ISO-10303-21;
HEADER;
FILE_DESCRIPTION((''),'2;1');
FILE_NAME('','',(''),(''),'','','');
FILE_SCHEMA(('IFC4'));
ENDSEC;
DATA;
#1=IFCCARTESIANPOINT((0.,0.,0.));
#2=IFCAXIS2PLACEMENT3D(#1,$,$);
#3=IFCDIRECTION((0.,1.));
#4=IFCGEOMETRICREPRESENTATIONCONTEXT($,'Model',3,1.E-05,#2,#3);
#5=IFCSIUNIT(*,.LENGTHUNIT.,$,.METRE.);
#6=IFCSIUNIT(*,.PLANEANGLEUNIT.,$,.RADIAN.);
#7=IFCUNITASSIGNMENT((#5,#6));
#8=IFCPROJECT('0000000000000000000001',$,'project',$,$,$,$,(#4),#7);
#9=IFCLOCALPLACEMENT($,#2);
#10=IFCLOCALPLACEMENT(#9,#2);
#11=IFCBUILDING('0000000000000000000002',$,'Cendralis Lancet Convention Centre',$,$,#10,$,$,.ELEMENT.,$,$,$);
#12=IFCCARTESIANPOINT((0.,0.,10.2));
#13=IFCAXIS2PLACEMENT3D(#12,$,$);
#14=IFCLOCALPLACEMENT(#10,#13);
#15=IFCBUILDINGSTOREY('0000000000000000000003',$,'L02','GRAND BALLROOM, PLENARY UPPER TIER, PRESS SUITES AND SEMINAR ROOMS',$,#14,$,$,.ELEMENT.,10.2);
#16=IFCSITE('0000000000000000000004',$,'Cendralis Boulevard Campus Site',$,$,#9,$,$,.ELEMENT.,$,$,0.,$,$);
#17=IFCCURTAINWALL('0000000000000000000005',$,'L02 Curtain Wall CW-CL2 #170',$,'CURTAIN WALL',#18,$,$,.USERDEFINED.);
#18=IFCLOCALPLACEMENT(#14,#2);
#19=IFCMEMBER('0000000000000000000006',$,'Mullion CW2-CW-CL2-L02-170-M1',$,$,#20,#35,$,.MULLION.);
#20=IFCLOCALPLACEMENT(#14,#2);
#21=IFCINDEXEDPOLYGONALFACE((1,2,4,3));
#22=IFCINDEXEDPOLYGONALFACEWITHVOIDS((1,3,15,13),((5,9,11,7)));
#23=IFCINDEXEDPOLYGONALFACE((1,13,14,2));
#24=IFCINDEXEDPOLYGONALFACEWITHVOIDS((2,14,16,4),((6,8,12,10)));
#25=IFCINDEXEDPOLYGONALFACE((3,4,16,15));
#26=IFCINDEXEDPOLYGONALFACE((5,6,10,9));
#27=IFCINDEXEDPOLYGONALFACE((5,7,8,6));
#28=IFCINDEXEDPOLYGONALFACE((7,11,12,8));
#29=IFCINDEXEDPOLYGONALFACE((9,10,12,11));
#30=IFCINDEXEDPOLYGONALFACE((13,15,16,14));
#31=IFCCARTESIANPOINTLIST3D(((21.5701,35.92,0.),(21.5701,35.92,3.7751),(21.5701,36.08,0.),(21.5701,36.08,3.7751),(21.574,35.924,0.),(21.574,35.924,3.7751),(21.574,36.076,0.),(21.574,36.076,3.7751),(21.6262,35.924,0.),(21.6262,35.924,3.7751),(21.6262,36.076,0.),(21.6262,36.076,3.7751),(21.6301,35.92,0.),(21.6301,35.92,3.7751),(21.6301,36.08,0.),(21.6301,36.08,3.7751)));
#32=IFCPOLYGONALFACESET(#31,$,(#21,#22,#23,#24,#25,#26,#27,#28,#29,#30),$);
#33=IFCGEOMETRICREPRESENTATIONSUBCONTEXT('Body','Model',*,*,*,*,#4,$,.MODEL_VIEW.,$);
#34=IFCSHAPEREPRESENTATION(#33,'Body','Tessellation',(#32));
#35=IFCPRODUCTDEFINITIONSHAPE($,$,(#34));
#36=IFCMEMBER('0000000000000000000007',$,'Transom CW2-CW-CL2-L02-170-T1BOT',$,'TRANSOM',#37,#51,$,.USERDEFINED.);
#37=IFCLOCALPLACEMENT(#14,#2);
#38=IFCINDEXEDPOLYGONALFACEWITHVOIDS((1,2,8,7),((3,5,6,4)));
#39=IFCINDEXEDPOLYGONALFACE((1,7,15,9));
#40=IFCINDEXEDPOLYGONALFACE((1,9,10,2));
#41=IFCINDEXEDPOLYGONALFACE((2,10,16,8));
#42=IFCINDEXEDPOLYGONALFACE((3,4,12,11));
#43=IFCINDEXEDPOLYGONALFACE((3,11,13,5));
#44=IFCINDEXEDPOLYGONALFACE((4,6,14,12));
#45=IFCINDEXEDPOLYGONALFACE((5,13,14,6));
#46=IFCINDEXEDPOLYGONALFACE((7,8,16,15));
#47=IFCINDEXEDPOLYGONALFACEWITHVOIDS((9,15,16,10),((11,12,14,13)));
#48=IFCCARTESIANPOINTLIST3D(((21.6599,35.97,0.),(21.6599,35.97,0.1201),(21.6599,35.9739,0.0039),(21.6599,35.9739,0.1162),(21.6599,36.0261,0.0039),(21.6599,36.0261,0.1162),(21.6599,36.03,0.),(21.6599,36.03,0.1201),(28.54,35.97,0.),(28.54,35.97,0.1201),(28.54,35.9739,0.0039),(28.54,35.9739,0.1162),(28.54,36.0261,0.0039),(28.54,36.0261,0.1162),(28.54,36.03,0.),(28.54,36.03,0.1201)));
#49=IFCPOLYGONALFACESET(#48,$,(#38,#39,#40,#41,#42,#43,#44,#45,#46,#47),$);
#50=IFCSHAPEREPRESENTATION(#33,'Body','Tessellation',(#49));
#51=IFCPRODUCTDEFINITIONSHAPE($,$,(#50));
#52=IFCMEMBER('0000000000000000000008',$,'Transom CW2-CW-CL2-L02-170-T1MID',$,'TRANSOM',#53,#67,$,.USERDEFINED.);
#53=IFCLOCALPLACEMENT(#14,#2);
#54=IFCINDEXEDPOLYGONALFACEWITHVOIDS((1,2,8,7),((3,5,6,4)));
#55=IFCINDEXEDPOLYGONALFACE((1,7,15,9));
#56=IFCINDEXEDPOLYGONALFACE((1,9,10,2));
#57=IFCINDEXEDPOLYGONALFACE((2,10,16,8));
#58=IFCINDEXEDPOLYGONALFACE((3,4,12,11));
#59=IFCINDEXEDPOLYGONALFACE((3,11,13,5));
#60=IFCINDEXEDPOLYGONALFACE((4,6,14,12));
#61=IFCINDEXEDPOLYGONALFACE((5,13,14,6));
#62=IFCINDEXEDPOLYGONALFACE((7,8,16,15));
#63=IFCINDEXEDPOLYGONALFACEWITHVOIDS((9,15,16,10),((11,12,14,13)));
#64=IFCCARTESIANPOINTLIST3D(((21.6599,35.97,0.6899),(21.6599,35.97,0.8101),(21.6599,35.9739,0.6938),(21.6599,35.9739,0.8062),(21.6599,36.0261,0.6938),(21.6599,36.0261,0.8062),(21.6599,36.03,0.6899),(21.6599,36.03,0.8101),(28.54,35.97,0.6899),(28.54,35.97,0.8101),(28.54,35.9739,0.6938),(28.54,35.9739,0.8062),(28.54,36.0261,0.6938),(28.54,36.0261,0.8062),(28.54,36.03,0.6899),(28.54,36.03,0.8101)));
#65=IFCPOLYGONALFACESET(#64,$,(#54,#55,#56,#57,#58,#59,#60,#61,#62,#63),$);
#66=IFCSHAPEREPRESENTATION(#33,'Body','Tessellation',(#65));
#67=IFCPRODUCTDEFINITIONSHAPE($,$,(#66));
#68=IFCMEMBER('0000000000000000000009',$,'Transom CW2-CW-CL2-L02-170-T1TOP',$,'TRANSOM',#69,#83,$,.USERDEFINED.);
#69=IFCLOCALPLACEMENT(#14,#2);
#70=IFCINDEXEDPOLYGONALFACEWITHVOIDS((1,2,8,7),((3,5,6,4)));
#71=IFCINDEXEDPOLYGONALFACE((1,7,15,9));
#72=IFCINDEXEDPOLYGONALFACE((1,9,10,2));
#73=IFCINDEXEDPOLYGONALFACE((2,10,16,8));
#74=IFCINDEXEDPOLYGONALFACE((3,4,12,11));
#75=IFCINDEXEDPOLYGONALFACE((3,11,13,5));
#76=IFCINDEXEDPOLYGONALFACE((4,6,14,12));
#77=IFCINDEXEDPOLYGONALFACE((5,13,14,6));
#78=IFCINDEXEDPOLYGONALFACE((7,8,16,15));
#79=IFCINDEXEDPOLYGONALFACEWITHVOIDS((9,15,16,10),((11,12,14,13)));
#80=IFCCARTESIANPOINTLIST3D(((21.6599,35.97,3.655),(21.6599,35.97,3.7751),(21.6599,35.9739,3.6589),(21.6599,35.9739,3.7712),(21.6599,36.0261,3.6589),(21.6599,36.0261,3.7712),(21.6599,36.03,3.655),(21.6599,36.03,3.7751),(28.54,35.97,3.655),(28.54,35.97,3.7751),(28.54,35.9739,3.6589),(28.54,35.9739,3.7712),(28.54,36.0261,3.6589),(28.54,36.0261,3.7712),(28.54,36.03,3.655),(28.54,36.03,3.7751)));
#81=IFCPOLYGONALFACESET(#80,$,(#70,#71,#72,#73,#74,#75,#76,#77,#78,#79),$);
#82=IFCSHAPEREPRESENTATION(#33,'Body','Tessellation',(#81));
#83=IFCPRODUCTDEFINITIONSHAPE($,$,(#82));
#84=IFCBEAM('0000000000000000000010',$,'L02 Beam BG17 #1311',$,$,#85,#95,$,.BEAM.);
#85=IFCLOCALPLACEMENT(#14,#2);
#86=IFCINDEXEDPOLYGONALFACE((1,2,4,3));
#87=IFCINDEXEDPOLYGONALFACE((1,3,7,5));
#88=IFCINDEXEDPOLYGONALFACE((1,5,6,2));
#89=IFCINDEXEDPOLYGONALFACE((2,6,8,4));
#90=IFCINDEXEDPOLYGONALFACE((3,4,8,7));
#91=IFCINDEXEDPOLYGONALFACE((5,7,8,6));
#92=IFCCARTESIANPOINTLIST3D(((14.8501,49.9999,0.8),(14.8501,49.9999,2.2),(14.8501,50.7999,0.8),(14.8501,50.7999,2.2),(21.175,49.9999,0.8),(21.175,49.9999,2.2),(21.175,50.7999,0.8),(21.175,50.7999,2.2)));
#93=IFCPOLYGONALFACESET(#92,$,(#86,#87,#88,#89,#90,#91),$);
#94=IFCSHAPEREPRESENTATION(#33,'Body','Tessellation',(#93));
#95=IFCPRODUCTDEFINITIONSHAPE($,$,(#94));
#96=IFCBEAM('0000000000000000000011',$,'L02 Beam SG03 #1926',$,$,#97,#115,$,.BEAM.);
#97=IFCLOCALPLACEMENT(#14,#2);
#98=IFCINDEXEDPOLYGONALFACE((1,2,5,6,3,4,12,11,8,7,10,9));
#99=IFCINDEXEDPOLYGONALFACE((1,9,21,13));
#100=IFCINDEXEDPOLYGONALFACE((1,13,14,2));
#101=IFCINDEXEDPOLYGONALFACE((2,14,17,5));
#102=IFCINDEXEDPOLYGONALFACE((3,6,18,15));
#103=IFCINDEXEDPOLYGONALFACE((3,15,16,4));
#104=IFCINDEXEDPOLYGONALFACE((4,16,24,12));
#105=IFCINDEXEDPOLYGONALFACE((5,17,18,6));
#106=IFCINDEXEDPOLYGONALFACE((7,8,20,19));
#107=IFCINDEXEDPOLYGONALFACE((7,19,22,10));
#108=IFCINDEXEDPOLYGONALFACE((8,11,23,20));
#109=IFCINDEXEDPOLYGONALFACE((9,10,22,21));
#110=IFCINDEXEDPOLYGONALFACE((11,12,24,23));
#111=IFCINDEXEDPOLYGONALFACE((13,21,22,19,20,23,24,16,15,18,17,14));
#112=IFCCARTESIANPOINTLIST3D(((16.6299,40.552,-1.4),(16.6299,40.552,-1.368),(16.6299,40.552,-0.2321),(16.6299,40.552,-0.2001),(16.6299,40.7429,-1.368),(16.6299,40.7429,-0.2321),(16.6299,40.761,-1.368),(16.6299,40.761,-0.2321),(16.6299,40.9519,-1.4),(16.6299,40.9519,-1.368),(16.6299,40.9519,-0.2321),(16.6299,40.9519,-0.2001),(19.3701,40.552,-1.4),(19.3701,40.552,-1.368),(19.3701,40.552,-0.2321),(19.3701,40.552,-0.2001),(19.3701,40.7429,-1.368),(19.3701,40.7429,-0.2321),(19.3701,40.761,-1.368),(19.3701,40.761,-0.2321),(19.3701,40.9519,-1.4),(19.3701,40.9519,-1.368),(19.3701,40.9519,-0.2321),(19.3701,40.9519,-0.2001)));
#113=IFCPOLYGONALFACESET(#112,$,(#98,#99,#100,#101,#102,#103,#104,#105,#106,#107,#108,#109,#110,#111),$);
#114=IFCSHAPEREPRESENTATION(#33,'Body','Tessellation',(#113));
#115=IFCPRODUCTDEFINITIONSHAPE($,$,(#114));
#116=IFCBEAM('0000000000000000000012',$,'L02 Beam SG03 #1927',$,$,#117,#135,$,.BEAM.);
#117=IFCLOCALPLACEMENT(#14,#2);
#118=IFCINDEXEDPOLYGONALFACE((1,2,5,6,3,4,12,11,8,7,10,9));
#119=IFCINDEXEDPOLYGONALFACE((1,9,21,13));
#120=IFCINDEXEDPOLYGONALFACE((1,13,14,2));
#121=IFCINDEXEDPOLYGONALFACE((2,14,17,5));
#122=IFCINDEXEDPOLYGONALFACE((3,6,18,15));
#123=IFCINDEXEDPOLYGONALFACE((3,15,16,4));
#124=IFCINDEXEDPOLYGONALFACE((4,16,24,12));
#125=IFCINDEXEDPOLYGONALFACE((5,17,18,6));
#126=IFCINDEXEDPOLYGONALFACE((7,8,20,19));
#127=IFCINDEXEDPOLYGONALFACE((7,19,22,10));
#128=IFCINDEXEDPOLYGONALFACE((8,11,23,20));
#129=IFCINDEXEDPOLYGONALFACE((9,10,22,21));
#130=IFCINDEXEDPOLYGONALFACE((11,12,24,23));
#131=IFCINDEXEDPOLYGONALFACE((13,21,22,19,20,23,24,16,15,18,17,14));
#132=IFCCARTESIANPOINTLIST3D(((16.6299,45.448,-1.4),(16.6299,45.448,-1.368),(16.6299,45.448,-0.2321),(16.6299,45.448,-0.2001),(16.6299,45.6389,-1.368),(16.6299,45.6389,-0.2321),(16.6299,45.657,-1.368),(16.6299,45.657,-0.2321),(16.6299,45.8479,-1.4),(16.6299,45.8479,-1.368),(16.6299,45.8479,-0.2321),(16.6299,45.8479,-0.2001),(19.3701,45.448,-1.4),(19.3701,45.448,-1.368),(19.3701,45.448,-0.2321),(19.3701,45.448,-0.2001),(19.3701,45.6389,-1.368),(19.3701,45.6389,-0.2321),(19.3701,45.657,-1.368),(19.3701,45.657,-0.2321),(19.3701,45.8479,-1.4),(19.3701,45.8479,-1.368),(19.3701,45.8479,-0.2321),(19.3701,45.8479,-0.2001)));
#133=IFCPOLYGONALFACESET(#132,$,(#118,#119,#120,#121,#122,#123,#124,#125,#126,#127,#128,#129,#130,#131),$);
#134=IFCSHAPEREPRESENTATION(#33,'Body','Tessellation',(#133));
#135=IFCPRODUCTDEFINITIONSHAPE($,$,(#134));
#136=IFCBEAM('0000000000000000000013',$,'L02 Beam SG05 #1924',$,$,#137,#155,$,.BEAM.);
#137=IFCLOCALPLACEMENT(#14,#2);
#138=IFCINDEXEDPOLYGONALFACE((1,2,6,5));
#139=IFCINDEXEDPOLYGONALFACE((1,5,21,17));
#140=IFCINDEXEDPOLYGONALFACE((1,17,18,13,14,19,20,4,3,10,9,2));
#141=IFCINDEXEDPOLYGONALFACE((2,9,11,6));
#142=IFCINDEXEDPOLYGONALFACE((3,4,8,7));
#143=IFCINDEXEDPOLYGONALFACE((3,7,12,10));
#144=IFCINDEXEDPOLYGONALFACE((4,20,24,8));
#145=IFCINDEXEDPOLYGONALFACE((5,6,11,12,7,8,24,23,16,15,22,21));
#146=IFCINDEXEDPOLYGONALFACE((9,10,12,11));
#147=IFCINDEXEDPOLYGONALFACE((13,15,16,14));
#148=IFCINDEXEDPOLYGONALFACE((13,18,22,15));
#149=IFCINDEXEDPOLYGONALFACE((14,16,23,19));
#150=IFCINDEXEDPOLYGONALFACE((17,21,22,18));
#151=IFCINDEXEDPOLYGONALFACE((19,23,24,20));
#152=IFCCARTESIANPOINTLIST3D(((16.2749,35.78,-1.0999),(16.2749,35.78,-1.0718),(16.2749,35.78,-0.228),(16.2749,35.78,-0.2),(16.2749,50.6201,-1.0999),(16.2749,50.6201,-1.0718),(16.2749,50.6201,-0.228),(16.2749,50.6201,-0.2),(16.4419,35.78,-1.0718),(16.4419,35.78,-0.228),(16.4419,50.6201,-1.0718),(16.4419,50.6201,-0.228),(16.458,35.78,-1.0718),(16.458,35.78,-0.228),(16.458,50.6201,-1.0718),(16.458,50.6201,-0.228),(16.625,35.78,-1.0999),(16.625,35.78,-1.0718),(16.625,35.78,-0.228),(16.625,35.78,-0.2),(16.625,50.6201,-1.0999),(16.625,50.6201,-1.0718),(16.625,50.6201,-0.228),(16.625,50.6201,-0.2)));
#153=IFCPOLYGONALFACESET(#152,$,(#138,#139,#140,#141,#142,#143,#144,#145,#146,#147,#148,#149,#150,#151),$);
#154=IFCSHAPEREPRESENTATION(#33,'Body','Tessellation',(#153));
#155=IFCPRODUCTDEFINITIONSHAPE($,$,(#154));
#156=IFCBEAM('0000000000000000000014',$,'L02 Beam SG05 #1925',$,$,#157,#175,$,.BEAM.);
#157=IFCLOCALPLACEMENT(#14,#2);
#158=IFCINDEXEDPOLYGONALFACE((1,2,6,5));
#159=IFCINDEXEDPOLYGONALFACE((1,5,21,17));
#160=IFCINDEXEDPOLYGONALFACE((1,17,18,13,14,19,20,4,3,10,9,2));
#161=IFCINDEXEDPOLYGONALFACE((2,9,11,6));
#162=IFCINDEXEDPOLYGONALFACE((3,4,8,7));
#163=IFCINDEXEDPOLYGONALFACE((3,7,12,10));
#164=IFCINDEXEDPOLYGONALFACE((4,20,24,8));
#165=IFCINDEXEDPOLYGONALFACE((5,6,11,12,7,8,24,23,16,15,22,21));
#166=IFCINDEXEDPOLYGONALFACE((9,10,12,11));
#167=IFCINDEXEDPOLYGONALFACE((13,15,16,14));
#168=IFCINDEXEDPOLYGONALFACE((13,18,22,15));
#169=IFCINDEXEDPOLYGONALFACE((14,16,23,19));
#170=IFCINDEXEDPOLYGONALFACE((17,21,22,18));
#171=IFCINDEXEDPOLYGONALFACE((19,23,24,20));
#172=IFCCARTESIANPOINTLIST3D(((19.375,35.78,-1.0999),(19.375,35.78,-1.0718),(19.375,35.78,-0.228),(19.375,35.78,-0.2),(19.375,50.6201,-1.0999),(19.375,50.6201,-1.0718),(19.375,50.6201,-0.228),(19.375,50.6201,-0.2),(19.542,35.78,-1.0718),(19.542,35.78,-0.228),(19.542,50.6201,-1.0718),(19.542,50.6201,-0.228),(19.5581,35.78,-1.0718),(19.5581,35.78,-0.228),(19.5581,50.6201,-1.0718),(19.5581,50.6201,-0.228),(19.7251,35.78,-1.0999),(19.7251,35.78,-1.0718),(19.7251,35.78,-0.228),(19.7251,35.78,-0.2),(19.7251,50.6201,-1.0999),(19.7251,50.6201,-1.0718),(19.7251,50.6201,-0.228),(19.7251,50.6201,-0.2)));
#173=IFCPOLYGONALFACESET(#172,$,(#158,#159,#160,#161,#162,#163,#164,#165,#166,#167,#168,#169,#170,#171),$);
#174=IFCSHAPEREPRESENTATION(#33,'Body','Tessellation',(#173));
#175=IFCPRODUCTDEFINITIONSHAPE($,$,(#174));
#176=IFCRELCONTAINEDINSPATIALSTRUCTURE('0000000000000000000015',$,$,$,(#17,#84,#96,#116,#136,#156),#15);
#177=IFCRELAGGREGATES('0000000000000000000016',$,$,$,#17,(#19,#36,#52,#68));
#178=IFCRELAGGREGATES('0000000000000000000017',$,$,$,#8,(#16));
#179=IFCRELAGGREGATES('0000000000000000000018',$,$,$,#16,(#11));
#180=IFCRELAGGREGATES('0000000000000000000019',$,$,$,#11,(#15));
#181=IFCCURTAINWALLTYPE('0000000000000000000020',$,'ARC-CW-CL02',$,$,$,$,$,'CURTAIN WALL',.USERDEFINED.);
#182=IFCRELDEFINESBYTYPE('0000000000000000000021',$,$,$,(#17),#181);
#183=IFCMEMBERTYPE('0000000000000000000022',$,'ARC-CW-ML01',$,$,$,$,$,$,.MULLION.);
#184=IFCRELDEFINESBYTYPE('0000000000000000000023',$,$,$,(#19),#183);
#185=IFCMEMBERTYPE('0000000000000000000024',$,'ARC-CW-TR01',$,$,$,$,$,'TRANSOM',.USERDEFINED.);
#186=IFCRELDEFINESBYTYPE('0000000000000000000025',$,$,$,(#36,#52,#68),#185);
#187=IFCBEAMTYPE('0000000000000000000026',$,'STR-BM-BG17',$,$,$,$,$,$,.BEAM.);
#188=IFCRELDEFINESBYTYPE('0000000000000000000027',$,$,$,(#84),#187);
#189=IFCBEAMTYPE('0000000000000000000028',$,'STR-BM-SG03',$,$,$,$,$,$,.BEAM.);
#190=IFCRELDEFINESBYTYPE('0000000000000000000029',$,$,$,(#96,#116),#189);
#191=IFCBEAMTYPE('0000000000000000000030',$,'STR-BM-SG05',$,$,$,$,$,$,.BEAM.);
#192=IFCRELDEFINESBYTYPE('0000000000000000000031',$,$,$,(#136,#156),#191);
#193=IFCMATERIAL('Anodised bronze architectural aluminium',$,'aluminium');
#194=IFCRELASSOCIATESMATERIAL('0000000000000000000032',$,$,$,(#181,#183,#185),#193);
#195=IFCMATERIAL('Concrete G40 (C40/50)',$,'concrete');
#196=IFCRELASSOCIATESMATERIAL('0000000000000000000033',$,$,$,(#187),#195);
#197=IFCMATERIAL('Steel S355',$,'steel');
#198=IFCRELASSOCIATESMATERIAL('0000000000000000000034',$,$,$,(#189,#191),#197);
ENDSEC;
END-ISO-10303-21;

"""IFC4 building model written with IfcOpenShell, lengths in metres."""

from ifc_helpers import new_model, si_unit, direction, frame, origin, origin_2d, place, context, subcontext, project, spatial, rectangle, hollow_rectangle, i_section, extrude, material, material_profile, profile_set, type_object, element, aggregate, save


model = new_model("IFC4")

# Units and contexts
model_context = context("Model", 3, precision=1e-05, world=origin(), true_north=direction((0.0, 1.0)))
body_context = subcontext(model_context, "Body", "Model", "MODEL_VIEW")
ifc_project = project(units=[si_unit("LENGTHUNIT", "METRE"), si_unit("PLANEANGLEUNIT", "RADIAN")], contexts=[model_context])

# Site, building, storey
site_placement = place(None, origin())
site = spatial("IfcSite", under=ifc_project, at=site_placement, Name="Cendralis Boulevard Campus Site", CompositionType="ELEMENT", RefElevation=0.0)
building_placement = place(site_placement, origin())
building = spatial("IfcBuilding", under=site, at=building_placement, Name="Cendralis Lancet Convention Centre", CompositionType="ELEMENT")
storey_placement = place(building_placement, frame((0.0, 0.0, 10.2)))
storey = spatial("IfcBuildingStorey", under=building, at=storey_placement, Name="L02", Description="GRAND BALLROOM, PLENARY UPPER TIER, PRESS SUITES AND SEMINAR ROOMS", CompositionType="ELEMENT", Elevation=10.2)

# Curtain wall, members
ifc_material_1 = material(Name="Anodised bronze architectural aluminium", Category="aluminium")
curtain_wall_type = type_object("IfcCurtainWallType", Name="ARC-CW-CL02", ElementType="CURTAIN WALL", PredefinedType="USERDEFINED", material=ifc_material_1)
curtain_wall_placement = place(storey_placement, origin())
curtain_wall = element("IfcCurtainWall", 1, at=curtain_wall_placement, inside=storey, type_object=curtain_wall_type, Name="L02 Curtain Wall CW-CL2 #170", ObjectType="CURTAIN WALL", PredefinedType="USERDEFINED")
ifc_material_profile_1 = material_profile(ifc_material_1, hollow_rectangle(XDim=0.0601, YDim=0.1599, WallThickness=0.0039, at=origin_2d()), Name="AL-MULL 60x160x4.0")
ifc_profile_set_1 = profile_set([ifc_material_profile_1], Name="Anodised bronze architectural aluminium")
member_type_1 = type_object("IfcMemberType", Name="ARC-CW-ML01", PredefinedType="MULLION", material=ifc_profile_set_1)
member_1_placement = place(storey_placement, frame((21.6001, 36.0, 0.0), z_axis=(0.0, 0.0, 1.0), x_axis=(1.0, 0.0, 0.0)))
member_1 = element("IfcMember", 2, at=member_1_placement, type_object=member_type_1, Name="Mullion CW2-CW-CL2-L02-170-M1", PredefinedType="MULLION", context=body_context, shape_type="SweptSolid", body=[
    extrude(hollow_rectangle(XDim=0.0601, YDim=0.1599, WallThickness=0.0039, at=origin_2d()), origin(), (0.0, 0.0, 1.0), 3.7751),
])
ifc_material_profile_2 = material_profile(ifc_material_1, hollow_rectangle(XDim=0.0601, YDim=0.1201, WallThickness=0.0039, at=origin_2d()), Name="AL-TRAN 60x120x4.0")
ifc_profile_set_2 = profile_set([ifc_material_profile_2], Name="Anodised bronze architectural aluminium")
member_type_2 = type_object("IfcMemberType", Name="ARC-CW-TR01", ElementType="TRANSOM", PredefinedType="USERDEFINED", material=ifc_profile_set_2)
member_2_placement = place(storey_placement, frame((21.6599, 36.0, 0.0601), z_axis=(1.0, 0.0, 0.0), x_axis=(0.0, 1.0, 0.0)))
member_2 = element("IfcMember", 3, at=member_2_placement, type_object=member_type_2, Name="Transom CW2-CW-CL2-L02-170-T1BOT", ObjectType="TRANSOM", PredefinedType="USERDEFINED", context=body_context, shape_type="SweptSolid", body=[
    extrude(hollow_rectangle(XDim=0.0601, YDim=0.1201, WallThickness=0.0039, at=origin_2d()), origin(), (0.0, 0.0, 1.0), 6.8801),
])
member_3_placement = place(storey_placement, frame((21.6599, 36.0, 0.75), z_axis=(1.0, 0.0, 0.0), x_axis=(0.0, 1.0, 0.0)))
member_3 = element("IfcMember", 4, at=member_3_placement, type_object=member_type_2, Name="Transom CW2-CW-CL2-L02-170-T1MID", ObjectType="TRANSOM", PredefinedType="USERDEFINED", context=body_context, shape_type="SweptSolid", body=[
    extrude(hollow_rectangle(XDim=0.0601, YDim=0.1201, WallThickness=0.0039, at=origin_2d()), origin(), (0.0, 0.0, 1.0), 6.8801),
])
member_4_placement = place(storey_placement, frame((21.6599, 36.0, 3.7151), z_axis=(1.0, 0.0, 0.0), x_axis=(0.0, 1.0, 0.0)))
member_4 = element("IfcMember", 5, at=member_4_placement, type_object=member_type_2, Name="Transom CW2-CW-CL2-L02-170-T1TOP", ObjectType="TRANSOM", PredefinedType="USERDEFINED", context=body_context, shape_type="SweptSolid", body=[
    extrude(hollow_rectangle(XDim=0.0601, YDim=0.1201, WallThickness=0.0039, at=origin_2d()), origin(), (0.0, 0.0, 1.0), 6.8801),
])

# Beams
ifc_material_2 = material(Name="Concrete G40 (C40/50)", Category="concrete")
ifc_material_profile_3 = material_profile(ifc_material_2, rectangle(XDim=0.8, YDim=1.3999, at=origin_2d()), Name="RCB 800x1400")
ifc_profile_set_3 = profile_set([ifc_material_profile_3], Name="Concrete G40 (C40/50)")
beam_type_1 = type_object("IfcBeamType", Name="STR-BM-BG17", PredefinedType="BEAM", material=ifc_profile_set_3)
beam_1_placement = place(storey_placement, frame((14.8501, 50.3999, 1.5), z_axis=(1.0, 0.0, 0.0), x_axis=(0.0, 1.0, 0.0)))
element("IfcBeam", 6, at=beam_1_placement, inside=storey, type_object=beam_type_1, Name="L02 Beam BG17 #1311", PredefinedType="BEAM", context=body_context, shape_type="SweptSolid", body=[
    extrude(rectangle(XDim=0.8, YDim=1.3999, at=origin_2d()), origin(), (0.0, 0.0, 1.0), 6.325),
])
ifc_material_3 = material(Name="Steel S355", Category="steel")
ifc_material_profile_4 = material_profile(ifc_material_3, i_section(OverallWidth=0.3999, OverallDepth=1.2, WebThickness=0.0181, FlangeThickness=0.032, at=origin_2d()), Name="PG 1200x400")
ifc_profile_set_4 = profile_set([ifc_material_profile_4], Name="Steel S355")
beam_type_2 = type_object("IfcBeamType", Name="STR-BM-SG03", PredefinedType="BEAM", material=ifc_profile_set_4)
for number, where, z_axis, x_axis, name in (
    (7, (16.6299, 40.752, -0.8), (1.0, 0.0, 0.0), (0.0, 1.0, 0.0), "L02 Beam SG03 #1926"),
    (8, (16.6299, 45.6479, -0.8), (1.0, 0.0, 0.0), (0.0, 1.0, 0.0), "L02 Beam SG03 #1927"),
):
    element("IfcBeam", number, at=place(storey_placement, frame(where, z_axis=z_axis, x_axis=x_axis)), inside=storey, type_object=beam_type_2, Name=name, PredefinedType="BEAM", context=body_context, shape_type="SweptSolid", body=[
        extrude(i_section(OverallWidth=0.3999, OverallDepth=1.2, WebThickness=0.0181, FlangeThickness=0.032, at=origin_2d()), origin(), (0.0, 0.0, 1.0), 2.7402),
    ])
ifc_material_profile_5 = material_profile(ifc_material_3, i_section(OverallWidth=0.3501, OverallDepth=0.8999, WebThickness=0.0161, FlangeThickness=0.0281, at=origin_2d()), Name="PG 900x350")
ifc_profile_set_5 = profile_set([ifc_material_profile_5], Name="Steel S355")
beam_type_3 = type_object("IfcBeamType", Name="STR-BM-SG05", PredefinedType="BEAM", material=ifc_profile_set_5)
for number, where, z_axis, x_axis, name in (
    (9, (16.45, 35.78, -0.6499), (0.0, 1.0, 0.0), (-1.0, 0.0, 0.0), "L02 Beam SG05 #1924"),
    (10, (19.55, 35.78, -0.6499), (0.0, 1.0, 0.0), (-1.0, 0.0, 0.0), "L02 Beam SG05 #1925"),
):
    element("IfcBeam", number, at=place(storey_placement, frame(where, z_axis=z_axis, x_axis=x_axis)), inside=storey, type_object=beam_type_3, Name=name, PredefinedType="BEAM", context=body_context, shape_type="SweptSolid", body=[
        extrude(i_section(OverallWidth=0.3501, OverallDepth=0.8999, WebThickness=0.0161, FlangeThickness=0.0281, at=origin_2d()), origin(), (0.0, 0.0, 1.0), 14.8401),
    ])

aggregate(curtain_wall, [member_1, member_2, member_3, member_4])

save(model, "model.ifc")
